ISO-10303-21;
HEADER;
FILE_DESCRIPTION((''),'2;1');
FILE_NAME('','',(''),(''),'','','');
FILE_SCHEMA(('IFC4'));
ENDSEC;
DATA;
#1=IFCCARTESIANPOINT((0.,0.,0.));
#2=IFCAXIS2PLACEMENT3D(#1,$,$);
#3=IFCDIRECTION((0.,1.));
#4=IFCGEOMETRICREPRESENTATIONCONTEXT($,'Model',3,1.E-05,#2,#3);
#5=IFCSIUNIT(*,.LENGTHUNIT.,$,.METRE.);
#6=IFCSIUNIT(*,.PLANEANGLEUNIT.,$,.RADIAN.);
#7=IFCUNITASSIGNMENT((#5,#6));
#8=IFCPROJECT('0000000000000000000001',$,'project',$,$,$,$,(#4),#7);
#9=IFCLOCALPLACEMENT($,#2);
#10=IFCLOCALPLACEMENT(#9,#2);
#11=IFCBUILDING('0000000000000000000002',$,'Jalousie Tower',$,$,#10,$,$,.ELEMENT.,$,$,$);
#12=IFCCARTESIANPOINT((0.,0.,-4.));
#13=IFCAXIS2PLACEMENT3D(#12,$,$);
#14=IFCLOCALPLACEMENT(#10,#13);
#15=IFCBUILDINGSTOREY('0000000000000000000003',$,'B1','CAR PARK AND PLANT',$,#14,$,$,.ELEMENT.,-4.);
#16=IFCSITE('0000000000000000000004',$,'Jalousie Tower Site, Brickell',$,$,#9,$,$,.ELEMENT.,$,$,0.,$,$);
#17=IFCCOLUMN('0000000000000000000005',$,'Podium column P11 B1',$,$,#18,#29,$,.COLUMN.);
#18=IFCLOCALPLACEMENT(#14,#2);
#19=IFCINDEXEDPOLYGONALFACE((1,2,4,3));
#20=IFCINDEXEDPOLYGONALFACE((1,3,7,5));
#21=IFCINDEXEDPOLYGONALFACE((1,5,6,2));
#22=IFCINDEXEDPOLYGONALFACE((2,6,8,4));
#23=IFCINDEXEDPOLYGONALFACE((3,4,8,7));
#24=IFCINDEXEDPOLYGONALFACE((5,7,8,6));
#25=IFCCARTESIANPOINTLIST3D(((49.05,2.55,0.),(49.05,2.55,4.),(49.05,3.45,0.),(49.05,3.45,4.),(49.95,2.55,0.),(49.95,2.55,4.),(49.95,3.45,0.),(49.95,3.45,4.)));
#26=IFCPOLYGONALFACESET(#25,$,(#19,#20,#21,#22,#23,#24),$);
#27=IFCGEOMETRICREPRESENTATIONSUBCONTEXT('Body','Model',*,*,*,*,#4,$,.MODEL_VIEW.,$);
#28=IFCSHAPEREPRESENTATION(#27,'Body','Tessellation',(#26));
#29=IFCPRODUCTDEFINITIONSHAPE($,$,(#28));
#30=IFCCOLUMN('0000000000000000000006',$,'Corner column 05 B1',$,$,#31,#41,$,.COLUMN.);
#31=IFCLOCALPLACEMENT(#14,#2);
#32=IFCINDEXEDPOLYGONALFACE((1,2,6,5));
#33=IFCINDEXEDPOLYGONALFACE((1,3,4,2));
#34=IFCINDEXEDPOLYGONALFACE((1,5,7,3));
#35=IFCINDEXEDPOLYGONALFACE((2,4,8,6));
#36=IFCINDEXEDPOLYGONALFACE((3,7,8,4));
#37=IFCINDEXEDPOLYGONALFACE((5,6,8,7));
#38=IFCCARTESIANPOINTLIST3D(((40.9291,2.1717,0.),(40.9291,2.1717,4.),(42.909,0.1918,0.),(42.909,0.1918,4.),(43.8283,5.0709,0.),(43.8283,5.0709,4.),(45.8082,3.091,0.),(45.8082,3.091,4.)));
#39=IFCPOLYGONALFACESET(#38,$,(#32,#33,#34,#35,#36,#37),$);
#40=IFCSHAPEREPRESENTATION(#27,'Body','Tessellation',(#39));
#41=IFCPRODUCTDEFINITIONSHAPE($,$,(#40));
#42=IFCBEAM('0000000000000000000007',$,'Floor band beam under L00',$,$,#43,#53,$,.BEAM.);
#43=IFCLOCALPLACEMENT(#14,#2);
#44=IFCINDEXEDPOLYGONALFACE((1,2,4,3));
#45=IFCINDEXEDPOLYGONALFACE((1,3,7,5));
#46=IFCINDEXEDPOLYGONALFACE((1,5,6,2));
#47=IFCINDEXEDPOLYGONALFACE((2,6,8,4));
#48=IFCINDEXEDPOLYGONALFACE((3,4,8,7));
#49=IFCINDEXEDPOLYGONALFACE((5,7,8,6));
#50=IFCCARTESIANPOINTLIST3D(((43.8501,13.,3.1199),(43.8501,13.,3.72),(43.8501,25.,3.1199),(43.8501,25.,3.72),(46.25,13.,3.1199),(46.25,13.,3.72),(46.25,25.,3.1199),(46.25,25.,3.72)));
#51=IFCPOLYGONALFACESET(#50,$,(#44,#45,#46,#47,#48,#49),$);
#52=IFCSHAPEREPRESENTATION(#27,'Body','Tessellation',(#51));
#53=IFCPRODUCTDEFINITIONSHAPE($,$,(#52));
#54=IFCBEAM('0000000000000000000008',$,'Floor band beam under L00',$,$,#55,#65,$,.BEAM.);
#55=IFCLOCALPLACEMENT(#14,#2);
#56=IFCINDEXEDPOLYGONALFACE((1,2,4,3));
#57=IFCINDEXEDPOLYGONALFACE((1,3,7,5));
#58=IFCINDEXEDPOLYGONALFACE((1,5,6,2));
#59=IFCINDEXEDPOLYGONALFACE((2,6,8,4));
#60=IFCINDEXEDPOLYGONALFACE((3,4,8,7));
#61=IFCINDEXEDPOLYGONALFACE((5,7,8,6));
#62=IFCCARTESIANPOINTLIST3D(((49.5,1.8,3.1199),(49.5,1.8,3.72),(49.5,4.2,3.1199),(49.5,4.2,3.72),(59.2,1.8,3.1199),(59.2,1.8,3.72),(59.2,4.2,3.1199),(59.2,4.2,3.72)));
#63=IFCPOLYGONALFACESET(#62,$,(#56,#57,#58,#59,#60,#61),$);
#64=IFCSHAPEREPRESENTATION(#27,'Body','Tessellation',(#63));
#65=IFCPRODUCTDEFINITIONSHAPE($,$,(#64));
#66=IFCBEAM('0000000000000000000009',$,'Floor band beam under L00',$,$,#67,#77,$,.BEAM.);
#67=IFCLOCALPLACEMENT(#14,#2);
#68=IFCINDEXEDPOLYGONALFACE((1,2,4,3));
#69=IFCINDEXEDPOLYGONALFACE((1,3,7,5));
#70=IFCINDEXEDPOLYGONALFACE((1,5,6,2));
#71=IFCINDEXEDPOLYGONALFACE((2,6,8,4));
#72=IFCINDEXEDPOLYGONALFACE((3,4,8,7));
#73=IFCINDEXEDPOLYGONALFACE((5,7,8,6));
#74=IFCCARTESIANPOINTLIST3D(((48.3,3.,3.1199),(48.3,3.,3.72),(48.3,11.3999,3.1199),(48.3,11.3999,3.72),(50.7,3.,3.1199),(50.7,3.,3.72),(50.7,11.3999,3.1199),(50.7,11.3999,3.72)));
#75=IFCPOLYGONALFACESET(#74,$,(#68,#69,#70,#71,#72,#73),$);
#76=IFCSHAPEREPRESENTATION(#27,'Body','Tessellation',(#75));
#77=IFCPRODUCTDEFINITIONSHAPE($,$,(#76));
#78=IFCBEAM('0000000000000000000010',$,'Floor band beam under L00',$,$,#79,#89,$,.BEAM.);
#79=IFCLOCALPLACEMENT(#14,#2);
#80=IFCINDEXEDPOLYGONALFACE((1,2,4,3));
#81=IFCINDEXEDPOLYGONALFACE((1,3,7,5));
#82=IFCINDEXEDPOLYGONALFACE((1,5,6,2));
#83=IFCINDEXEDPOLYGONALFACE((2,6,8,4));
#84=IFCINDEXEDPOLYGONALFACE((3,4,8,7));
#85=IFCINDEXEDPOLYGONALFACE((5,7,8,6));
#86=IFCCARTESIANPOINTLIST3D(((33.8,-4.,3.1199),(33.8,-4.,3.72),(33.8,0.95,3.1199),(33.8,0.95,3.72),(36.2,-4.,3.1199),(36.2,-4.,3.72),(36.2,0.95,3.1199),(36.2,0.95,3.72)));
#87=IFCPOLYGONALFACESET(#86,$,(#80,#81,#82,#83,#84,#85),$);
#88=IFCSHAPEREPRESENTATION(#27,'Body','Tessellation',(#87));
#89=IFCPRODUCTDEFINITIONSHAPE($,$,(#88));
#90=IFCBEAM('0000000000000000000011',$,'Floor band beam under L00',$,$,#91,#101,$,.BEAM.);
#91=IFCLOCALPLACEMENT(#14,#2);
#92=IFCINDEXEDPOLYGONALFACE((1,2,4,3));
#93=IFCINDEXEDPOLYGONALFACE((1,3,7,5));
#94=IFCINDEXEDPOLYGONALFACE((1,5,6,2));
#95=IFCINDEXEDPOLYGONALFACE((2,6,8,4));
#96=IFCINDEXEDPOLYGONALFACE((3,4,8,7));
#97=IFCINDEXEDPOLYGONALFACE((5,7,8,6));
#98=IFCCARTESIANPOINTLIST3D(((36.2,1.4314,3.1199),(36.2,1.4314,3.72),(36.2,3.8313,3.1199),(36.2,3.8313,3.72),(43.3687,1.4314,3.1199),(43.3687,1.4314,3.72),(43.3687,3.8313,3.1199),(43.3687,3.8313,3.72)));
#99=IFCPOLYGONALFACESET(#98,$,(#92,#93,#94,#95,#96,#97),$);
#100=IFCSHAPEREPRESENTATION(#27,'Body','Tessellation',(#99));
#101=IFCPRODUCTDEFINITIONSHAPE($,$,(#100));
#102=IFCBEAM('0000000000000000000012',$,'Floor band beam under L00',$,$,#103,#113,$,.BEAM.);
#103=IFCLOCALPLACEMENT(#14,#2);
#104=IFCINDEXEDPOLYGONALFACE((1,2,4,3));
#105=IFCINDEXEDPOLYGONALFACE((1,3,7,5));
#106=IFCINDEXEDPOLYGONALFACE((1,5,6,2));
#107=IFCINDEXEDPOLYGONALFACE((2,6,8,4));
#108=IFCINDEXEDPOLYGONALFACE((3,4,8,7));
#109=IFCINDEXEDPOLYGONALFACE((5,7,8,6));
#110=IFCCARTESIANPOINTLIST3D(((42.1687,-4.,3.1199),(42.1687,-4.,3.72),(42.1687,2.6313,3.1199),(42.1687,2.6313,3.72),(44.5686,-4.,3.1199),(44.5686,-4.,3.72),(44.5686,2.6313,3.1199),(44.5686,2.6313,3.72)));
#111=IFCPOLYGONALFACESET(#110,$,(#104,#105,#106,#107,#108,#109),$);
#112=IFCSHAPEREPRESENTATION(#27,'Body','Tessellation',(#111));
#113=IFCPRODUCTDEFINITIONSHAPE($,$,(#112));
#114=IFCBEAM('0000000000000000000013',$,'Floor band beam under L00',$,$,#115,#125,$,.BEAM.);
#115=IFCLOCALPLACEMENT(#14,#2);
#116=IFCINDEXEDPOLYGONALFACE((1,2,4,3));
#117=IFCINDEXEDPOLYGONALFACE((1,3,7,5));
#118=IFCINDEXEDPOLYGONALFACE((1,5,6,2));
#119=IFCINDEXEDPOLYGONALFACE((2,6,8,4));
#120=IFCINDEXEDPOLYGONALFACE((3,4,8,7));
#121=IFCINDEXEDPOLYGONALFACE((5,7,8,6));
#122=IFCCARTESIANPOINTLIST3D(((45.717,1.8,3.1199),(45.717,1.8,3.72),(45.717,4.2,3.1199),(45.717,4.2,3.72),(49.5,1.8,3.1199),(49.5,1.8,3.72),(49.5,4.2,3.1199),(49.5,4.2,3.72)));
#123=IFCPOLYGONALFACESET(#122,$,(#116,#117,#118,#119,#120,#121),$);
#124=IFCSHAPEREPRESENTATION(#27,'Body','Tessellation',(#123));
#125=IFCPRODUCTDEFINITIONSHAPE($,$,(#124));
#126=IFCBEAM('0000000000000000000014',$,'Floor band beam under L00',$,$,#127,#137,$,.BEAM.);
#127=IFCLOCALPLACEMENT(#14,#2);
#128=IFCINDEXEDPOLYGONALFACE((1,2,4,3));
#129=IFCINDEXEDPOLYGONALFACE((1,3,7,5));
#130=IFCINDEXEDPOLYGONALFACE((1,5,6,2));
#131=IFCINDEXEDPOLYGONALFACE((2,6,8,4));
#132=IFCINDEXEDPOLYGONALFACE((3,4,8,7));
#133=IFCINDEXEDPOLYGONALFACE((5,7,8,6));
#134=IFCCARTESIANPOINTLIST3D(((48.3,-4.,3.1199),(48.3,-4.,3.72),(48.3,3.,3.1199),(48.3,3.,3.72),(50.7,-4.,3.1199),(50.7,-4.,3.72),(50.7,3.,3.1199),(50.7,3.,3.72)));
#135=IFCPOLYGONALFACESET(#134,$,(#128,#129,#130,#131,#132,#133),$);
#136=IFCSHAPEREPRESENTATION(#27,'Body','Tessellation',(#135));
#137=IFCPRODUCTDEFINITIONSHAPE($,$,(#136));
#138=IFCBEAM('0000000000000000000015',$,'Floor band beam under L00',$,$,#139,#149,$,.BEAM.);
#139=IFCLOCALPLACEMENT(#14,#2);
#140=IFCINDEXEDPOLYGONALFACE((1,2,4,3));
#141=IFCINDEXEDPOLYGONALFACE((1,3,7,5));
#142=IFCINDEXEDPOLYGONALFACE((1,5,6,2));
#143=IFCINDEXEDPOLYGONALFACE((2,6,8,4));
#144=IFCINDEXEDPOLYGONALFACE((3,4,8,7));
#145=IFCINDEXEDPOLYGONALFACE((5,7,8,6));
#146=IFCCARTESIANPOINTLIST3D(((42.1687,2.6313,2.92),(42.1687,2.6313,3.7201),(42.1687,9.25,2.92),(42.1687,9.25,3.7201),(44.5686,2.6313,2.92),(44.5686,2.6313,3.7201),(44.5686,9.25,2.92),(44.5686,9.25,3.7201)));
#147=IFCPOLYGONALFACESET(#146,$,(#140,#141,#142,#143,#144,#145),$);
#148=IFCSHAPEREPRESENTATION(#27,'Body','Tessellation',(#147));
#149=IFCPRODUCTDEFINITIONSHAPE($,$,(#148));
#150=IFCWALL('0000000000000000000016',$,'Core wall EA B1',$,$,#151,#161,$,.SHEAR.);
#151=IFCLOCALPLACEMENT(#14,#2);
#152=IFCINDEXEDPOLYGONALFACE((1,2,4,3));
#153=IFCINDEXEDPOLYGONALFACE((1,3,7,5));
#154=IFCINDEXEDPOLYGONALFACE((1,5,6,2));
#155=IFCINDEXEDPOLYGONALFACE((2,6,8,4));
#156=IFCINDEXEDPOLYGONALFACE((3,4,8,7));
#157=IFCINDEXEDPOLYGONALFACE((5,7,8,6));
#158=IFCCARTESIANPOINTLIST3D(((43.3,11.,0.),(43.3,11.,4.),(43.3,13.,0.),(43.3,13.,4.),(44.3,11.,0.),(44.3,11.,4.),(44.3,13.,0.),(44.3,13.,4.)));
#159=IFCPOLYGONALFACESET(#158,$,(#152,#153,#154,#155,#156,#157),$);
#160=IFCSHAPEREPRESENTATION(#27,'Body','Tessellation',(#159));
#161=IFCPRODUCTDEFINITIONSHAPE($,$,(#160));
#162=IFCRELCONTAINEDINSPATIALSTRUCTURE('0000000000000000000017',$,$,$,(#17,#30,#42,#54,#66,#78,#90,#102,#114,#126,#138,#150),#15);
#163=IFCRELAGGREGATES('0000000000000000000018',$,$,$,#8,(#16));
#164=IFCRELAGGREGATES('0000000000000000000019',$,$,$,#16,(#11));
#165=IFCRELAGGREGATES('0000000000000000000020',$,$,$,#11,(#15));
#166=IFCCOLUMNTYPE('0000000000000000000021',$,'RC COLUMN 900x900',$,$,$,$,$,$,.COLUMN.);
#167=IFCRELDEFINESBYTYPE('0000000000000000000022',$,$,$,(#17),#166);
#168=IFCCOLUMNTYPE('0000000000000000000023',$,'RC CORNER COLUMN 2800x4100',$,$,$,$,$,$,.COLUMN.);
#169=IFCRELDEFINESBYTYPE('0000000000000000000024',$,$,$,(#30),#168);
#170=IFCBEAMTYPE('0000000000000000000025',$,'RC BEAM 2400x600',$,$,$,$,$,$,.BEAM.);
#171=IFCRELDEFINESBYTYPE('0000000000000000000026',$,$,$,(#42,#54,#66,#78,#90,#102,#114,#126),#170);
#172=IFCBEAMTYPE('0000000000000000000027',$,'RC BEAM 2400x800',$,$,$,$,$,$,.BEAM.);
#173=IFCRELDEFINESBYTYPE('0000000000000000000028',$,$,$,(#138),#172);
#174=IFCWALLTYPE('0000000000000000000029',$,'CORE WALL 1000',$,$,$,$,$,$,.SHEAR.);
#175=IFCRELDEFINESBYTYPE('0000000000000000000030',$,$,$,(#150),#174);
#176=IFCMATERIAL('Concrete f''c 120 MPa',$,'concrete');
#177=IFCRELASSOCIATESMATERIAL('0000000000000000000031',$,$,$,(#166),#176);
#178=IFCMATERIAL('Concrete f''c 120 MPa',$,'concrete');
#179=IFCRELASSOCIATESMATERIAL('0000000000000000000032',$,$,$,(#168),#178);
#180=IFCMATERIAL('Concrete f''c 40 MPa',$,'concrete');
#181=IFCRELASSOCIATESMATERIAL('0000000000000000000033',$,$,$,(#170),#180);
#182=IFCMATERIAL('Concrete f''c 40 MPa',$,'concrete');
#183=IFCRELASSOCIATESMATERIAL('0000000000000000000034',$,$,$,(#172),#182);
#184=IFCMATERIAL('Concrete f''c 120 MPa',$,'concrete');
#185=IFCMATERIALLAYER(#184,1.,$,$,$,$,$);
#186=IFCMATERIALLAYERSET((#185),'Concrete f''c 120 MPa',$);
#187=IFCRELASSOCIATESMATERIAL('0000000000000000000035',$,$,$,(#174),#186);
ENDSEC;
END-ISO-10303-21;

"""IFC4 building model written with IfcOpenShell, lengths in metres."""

from ifc_helpers import new_model, si_unit, direction, frame, frame_2d, origin, origin_2d, place, context, subcontext, project, spatial, rectangle, extrude, material, layer, layer_set, material_profile, profile_set, type_object, element, save


model = new_model("IFC4")

# Units and contexts
model_context = context("Model", 3, precision=1e-05, world=origin(), true_north=direction((0.0, 1.0)))
body_context = subcontext(model_context, "Body", "Model", "MODEL_VIEW")
ifc_project = project(units=[si_unit("LENGTHUNIT", "METRE"), si_unit("PLANEANGLEUNIT", "RADIAN")], contexts=[model_context])

# Site, building, storey
site_placement = place(None, origin())
site = spatial("IfcSite", under=ifc_project, at=site_placement, Name="Jalousie Tower Site, Brickell", CompositionType="ELEMENT", RefElevation=0.0)
building_placement = place(site_placement, origin())
building = spatial("IfcBuilding", under=site, at=building_placement, Name="Jalousie Tower", CompositionType="ELEMENT")
storey_placement = place(building_placement, frame((0.0, 0.0, -4.0)))
storey = spatial("IfcBuildingStorey", under=building, at=storey_placement, Name="B1", Description="CAR PARK AND PLANT", CompositionType="ELEMENT", Elevation=-4.0)

# Columns
ifc_material_1 = material(Name="Concrete f'c 120 MPa", Category="concrete")
ifc_material_profile_1 = material_profile(ifc_material_1, rectangle(XDim=0.8999, YDim=0.8999, at=origin_2d()), Name="RC 900x900")
ifc_profile_set_1 = profile_set([ifc_material_profile_1], Name="Concrete f'c 120 MPa")
column_type_1 = type_object("IfcColumnType", Name="RC COLUMN 900x900", PredefinedType="COLUMN", material=ifc_profile_set_1)
column_1_placement = place(storey_placement, frame((49.5, 3.0, 0.0), z_axis=(0.0, 0.0, 1.0), x_axis=(1.0, 0.0, 0.0)))
element("IfcColumn", 1, at=column_1_placement, inside=storey, type_object=column_type_1, Name="Podium column P11 B1", PredefinedType="COLUMN", context=body_context, shape_type="SweptSolid", body=[
    extrude(rectangle(XDim=0.8999, YDim=0.8999, at=origin_2d()), origin(), (0.0, 0.0, 1.0), 4.0),
])
ifc_material_2 = material(Name="Concrete f'c 120 MPa", Category="concrete")
ifc_material_profile_2 = material_profile(ifc_material_2, rectangle(XDim=2.8, YDim=4.1001, at=origin_2d()), Name="RC 2800x4100")
ifc_profile_set_2 = profile_set([ifc_material_profile_2], Name="Concrete f'c 120 MPa")
column_type_2 = type_object("IfcColumnType", Name="RC CORNER COLUMN 2800x4100", PredefinedType="COLUMN", material=ifc_profile_set_2)
column_2_placement = place(storey_placement, frame((43.3687, 2.6313, 0.0), z_axis=(0.0, 0.0, 1.0), x_axis=(-0.707107, 0.707107, 0.0)))
element("IfcColumn", 2, at=column_2_placement, inside=storey, type_object=column_type_2, Name="Corner column 05 B1", PredefinedType="COLUMN", context=body_context, shape_type="SweptSolid", body=[
    extrude(rectangle(XDim=2.8, YDim=4.1001, at=origin_2d()), origin(), (0.0, 0.0, 1.0), 4.0),
])

# Beams
ifc_material_3 = material(Name="Concrete f'c 40 MPa", Category="concrete")
ifc_material_profile_3 = material_profile(ifc_material_3, rectangle(XDim=2.3999, YDim=0.6001, at=origin_2d()), Name="RC 2400x600")
ifc_profile_set_3 = profile_set([ifc_material_profile_3], Name="Concrete f'c 40 MPa")
beam_type_1 = type_object("IfcBeamType", Name="RC BEAM 2400x600", PredefinedType="BEAM", material=ifc_profile_set_3)
beam_1_placement = place(storey_placement, frame((45.05, 13.0, 3.4199), z_axis=(0.0, 1.0, 0.0), x_axis=(-1.0, 0.0, 0.0)))
element("IfcBeam", 3, at=beam_1_placement, inside=storey, type_object=beam_type_1, Name="Floor band beam under L00", PredefinedType="BEAM", context=body_context, shape_type="SweptSolid", body=[
    extrude(rectangle(XDim=2.3999, YDim=0.6001, at=origin_2d()), origin(), (0.0, 0.0, 1.0), 12.0),
])
beam_2_placement = place(storey_placement, frame((49.5, 3.0, 3.4199), z_axis=(1.0, 0.0, 0.0), x_axis=(0.0, 1.0, 0.0)))
element("IfcBeam", 4, at=beam_2_placement, inside=storey, type_object=beam_type_1, Name="Floor band beam under L00", PredefinedType="BEAM", context=body_context, shape_type="SweptSolid", body=[
    extrude(rectangle(XDim=2.3999, YDim=0.6001, at=origin_2d()), origin(), (0.0, 0.0, 1.0), 9.7),
])
beam_3_placement = place(storey_placement, frame((49.5, 3.0, 3.4199), z_axis=(0.0, 1.0, 0.0), x_axis=(-1.0, 0.0, 0.0)))
element("IfcBeam", 5, at=beam_3_placement, inside=storey, type_object=beam_type_1, Name="Floor band beam under L00", PredefinedType="BEAM", context=body_context, shape_type="SweptSolid", body=[
    extrude(rectangle(XDim=2.3999, YDim=0.6001, at=origin_2d()), origin(), (0.0, 0.0, 1.0), 8.3999),
])
beam_4_placement = place(storey_placement, frame((35.0, 0.95, 3.4199), z_axis=(0.0, -1.0, 0.0), x_axis=(1.0, 0.0, 0.0)))
element("IfcBeam", 6, at=beam_4_placement, inside=storey, type_object=beam_type_1, Name="Floor band beam under L00", PredefinedType="BEAM", context=body_context, shape_type="SweptSolid", body=[
    extrude(rectangle(XDim=2.3999, YDim=0.6001, at=origin_2d()), origin(), (0.0, 0.0, 1.0), 4.95),
])
beam_5_placement = place(storey_placement, frame((43.3687, 2.6313, 3.4199), z_axis=(-1.0, 0.0, 0.0), x_axis=(0.0, -1.0, 0.0)))
element("IfcBeam", 7, at=beam_5_placement, inside=storey, type_object=beam_type_1, Name="Floor band beam under L00", PredefinedType="BEAM", context=body_context, shape_type="SweptSolid", body=[
    extrude(rectangle(XDim=2.3999, YDim=0.6001, at=origin_2d()), origin(), (0.0, 0.0, 1.0), 7.1687),
])
beam_6_placement = place(storey_placement, frame((43.3687, 2.6313, 3.4199), z_axis=(0.0, -1.0, 0.0), x_axis=(1.0, 0.0, 0.0)))
element("IfcBeam", 8, at=beam_6_placement, inside=storey, type_object=beam_type_1, Name="Floor band beam under L00", PredefinedType="BEAM", context=body_context, shape_type="SweptSolid", body=[
    extrude(rectangle(XDim=2.3999, YDim=0.6001, at=origin_2d()), origin(), (0.0, 0.0, 1.0), 6.6313),
])
beam_7_placement = place(storey_placement, frame((49.5, 3.0, 3.4199), z_axis=(-1.0, 0.0, 0.0), x_axis=(0.0, -1.0, 0.0)))
element("IfcBeam", 9, at=beam_7_placement, inside=storey, type_object=beam_type_1, Name="Floor band beam under L00", PredefinedType="BEAM", context=body_context, shape_type="SweptSolid", body=[
    extrude(rectangle(XDim=2.3999, YDim=0.6001, at=origin_2d()), origin(), (0.0, 0.0, 1.0), 3.783),
])
beam_8_placement = place(storey_placement, frame((49.5, 3.0, 3.4199), z_axis=(0.0, -1.0, 0.0), x_axis=(1.0, 0.0, 0.0)))
element("IfcBeam", 10, at=beam_8_placement, inside=storey, type_object=beam_type_1, Name="Floor band beam under L00", PredefinedType="BEAM", context=body_context, shape_type="SweptSolid", body=[
    extrude(rectangle(XDim=2.3999, YDim=0.6001, at=origin_2d()), origin(), (0.0, 0.0, 1.0), 7.0),
])
ifc_material_4 = material(Name="Concrete f'c 40 MPa", Category="concrete")
ifc_material_profile_4 = material_profile(ifc_material_4, rectangle(XDim=2.3999, YDim=0.8, at=origin_2d()), Name="RC 2400x800")
ifc_profile_set_4 = profile_set([ifc_material_profile_4], Name="Concrete f'c 40 MPa")
beam_type_2 = type_object("IfcBeamType", Name="RC BEAM 2400x800", PredefinedType="BEAM", material=ifc_profile_set_4)
beam_9_placement = place(storey_placement, frame((43.3687, 2.6313, 3.3201), z_axis=(0.0, 1.0, 0.0), x_axis=(-1.0, 0.0, 0.0)))
element("IfcBeam", 11, at=beam_9_placement, inside=storey, type_object=beam_type_2, Name="Floor band beam under L00", PredefinedType="BEAM", context=body_context, shape_type="SweptSolid", body=[
    extrude(rectangle(XDim=2.3999, YDim=0.8, at=origin_2d()), origin(), (0.0, 0.0, 1.0), 6.6187),
])

# Wall
ifc_material_5 = material(Name="Concrete f'c 120 MPa", Category="concrete")
ifc_layer_1 = layer(ifc_material_5, 1.0)
ifc_layer_set_1 = layer_set([ifc_layer_1], Name="Concrete f'c 120 MPa")
wall_type_1 = type_object("IfcWallType", Name="CORE WALL 1000", PredefinedType="SHEAR", material=ifc_layer_set_1)
wall_1_placement = place(storey_placement, frame((43.8, 11.0, 0.0), z_axis=(0.0, 0.0, 1.0), x_axis=(0.0, 1.0, 0.0)))
element("IfcWall", 12, at=wall_1_placement, inside=storey, type_object=wall_type_1, Name="Core wall EA B1", PredefinedType="SHEAR", context=body_context, shape_type="SweptSolid", body=[
    extrude(rectangle(XDim=2.0, YDim=1.0, at=frame_2d((1.0, 0.0))), origin(), (0.0, 0.0, 1.0), 4.0),
])

save(model, "model.ifc")
